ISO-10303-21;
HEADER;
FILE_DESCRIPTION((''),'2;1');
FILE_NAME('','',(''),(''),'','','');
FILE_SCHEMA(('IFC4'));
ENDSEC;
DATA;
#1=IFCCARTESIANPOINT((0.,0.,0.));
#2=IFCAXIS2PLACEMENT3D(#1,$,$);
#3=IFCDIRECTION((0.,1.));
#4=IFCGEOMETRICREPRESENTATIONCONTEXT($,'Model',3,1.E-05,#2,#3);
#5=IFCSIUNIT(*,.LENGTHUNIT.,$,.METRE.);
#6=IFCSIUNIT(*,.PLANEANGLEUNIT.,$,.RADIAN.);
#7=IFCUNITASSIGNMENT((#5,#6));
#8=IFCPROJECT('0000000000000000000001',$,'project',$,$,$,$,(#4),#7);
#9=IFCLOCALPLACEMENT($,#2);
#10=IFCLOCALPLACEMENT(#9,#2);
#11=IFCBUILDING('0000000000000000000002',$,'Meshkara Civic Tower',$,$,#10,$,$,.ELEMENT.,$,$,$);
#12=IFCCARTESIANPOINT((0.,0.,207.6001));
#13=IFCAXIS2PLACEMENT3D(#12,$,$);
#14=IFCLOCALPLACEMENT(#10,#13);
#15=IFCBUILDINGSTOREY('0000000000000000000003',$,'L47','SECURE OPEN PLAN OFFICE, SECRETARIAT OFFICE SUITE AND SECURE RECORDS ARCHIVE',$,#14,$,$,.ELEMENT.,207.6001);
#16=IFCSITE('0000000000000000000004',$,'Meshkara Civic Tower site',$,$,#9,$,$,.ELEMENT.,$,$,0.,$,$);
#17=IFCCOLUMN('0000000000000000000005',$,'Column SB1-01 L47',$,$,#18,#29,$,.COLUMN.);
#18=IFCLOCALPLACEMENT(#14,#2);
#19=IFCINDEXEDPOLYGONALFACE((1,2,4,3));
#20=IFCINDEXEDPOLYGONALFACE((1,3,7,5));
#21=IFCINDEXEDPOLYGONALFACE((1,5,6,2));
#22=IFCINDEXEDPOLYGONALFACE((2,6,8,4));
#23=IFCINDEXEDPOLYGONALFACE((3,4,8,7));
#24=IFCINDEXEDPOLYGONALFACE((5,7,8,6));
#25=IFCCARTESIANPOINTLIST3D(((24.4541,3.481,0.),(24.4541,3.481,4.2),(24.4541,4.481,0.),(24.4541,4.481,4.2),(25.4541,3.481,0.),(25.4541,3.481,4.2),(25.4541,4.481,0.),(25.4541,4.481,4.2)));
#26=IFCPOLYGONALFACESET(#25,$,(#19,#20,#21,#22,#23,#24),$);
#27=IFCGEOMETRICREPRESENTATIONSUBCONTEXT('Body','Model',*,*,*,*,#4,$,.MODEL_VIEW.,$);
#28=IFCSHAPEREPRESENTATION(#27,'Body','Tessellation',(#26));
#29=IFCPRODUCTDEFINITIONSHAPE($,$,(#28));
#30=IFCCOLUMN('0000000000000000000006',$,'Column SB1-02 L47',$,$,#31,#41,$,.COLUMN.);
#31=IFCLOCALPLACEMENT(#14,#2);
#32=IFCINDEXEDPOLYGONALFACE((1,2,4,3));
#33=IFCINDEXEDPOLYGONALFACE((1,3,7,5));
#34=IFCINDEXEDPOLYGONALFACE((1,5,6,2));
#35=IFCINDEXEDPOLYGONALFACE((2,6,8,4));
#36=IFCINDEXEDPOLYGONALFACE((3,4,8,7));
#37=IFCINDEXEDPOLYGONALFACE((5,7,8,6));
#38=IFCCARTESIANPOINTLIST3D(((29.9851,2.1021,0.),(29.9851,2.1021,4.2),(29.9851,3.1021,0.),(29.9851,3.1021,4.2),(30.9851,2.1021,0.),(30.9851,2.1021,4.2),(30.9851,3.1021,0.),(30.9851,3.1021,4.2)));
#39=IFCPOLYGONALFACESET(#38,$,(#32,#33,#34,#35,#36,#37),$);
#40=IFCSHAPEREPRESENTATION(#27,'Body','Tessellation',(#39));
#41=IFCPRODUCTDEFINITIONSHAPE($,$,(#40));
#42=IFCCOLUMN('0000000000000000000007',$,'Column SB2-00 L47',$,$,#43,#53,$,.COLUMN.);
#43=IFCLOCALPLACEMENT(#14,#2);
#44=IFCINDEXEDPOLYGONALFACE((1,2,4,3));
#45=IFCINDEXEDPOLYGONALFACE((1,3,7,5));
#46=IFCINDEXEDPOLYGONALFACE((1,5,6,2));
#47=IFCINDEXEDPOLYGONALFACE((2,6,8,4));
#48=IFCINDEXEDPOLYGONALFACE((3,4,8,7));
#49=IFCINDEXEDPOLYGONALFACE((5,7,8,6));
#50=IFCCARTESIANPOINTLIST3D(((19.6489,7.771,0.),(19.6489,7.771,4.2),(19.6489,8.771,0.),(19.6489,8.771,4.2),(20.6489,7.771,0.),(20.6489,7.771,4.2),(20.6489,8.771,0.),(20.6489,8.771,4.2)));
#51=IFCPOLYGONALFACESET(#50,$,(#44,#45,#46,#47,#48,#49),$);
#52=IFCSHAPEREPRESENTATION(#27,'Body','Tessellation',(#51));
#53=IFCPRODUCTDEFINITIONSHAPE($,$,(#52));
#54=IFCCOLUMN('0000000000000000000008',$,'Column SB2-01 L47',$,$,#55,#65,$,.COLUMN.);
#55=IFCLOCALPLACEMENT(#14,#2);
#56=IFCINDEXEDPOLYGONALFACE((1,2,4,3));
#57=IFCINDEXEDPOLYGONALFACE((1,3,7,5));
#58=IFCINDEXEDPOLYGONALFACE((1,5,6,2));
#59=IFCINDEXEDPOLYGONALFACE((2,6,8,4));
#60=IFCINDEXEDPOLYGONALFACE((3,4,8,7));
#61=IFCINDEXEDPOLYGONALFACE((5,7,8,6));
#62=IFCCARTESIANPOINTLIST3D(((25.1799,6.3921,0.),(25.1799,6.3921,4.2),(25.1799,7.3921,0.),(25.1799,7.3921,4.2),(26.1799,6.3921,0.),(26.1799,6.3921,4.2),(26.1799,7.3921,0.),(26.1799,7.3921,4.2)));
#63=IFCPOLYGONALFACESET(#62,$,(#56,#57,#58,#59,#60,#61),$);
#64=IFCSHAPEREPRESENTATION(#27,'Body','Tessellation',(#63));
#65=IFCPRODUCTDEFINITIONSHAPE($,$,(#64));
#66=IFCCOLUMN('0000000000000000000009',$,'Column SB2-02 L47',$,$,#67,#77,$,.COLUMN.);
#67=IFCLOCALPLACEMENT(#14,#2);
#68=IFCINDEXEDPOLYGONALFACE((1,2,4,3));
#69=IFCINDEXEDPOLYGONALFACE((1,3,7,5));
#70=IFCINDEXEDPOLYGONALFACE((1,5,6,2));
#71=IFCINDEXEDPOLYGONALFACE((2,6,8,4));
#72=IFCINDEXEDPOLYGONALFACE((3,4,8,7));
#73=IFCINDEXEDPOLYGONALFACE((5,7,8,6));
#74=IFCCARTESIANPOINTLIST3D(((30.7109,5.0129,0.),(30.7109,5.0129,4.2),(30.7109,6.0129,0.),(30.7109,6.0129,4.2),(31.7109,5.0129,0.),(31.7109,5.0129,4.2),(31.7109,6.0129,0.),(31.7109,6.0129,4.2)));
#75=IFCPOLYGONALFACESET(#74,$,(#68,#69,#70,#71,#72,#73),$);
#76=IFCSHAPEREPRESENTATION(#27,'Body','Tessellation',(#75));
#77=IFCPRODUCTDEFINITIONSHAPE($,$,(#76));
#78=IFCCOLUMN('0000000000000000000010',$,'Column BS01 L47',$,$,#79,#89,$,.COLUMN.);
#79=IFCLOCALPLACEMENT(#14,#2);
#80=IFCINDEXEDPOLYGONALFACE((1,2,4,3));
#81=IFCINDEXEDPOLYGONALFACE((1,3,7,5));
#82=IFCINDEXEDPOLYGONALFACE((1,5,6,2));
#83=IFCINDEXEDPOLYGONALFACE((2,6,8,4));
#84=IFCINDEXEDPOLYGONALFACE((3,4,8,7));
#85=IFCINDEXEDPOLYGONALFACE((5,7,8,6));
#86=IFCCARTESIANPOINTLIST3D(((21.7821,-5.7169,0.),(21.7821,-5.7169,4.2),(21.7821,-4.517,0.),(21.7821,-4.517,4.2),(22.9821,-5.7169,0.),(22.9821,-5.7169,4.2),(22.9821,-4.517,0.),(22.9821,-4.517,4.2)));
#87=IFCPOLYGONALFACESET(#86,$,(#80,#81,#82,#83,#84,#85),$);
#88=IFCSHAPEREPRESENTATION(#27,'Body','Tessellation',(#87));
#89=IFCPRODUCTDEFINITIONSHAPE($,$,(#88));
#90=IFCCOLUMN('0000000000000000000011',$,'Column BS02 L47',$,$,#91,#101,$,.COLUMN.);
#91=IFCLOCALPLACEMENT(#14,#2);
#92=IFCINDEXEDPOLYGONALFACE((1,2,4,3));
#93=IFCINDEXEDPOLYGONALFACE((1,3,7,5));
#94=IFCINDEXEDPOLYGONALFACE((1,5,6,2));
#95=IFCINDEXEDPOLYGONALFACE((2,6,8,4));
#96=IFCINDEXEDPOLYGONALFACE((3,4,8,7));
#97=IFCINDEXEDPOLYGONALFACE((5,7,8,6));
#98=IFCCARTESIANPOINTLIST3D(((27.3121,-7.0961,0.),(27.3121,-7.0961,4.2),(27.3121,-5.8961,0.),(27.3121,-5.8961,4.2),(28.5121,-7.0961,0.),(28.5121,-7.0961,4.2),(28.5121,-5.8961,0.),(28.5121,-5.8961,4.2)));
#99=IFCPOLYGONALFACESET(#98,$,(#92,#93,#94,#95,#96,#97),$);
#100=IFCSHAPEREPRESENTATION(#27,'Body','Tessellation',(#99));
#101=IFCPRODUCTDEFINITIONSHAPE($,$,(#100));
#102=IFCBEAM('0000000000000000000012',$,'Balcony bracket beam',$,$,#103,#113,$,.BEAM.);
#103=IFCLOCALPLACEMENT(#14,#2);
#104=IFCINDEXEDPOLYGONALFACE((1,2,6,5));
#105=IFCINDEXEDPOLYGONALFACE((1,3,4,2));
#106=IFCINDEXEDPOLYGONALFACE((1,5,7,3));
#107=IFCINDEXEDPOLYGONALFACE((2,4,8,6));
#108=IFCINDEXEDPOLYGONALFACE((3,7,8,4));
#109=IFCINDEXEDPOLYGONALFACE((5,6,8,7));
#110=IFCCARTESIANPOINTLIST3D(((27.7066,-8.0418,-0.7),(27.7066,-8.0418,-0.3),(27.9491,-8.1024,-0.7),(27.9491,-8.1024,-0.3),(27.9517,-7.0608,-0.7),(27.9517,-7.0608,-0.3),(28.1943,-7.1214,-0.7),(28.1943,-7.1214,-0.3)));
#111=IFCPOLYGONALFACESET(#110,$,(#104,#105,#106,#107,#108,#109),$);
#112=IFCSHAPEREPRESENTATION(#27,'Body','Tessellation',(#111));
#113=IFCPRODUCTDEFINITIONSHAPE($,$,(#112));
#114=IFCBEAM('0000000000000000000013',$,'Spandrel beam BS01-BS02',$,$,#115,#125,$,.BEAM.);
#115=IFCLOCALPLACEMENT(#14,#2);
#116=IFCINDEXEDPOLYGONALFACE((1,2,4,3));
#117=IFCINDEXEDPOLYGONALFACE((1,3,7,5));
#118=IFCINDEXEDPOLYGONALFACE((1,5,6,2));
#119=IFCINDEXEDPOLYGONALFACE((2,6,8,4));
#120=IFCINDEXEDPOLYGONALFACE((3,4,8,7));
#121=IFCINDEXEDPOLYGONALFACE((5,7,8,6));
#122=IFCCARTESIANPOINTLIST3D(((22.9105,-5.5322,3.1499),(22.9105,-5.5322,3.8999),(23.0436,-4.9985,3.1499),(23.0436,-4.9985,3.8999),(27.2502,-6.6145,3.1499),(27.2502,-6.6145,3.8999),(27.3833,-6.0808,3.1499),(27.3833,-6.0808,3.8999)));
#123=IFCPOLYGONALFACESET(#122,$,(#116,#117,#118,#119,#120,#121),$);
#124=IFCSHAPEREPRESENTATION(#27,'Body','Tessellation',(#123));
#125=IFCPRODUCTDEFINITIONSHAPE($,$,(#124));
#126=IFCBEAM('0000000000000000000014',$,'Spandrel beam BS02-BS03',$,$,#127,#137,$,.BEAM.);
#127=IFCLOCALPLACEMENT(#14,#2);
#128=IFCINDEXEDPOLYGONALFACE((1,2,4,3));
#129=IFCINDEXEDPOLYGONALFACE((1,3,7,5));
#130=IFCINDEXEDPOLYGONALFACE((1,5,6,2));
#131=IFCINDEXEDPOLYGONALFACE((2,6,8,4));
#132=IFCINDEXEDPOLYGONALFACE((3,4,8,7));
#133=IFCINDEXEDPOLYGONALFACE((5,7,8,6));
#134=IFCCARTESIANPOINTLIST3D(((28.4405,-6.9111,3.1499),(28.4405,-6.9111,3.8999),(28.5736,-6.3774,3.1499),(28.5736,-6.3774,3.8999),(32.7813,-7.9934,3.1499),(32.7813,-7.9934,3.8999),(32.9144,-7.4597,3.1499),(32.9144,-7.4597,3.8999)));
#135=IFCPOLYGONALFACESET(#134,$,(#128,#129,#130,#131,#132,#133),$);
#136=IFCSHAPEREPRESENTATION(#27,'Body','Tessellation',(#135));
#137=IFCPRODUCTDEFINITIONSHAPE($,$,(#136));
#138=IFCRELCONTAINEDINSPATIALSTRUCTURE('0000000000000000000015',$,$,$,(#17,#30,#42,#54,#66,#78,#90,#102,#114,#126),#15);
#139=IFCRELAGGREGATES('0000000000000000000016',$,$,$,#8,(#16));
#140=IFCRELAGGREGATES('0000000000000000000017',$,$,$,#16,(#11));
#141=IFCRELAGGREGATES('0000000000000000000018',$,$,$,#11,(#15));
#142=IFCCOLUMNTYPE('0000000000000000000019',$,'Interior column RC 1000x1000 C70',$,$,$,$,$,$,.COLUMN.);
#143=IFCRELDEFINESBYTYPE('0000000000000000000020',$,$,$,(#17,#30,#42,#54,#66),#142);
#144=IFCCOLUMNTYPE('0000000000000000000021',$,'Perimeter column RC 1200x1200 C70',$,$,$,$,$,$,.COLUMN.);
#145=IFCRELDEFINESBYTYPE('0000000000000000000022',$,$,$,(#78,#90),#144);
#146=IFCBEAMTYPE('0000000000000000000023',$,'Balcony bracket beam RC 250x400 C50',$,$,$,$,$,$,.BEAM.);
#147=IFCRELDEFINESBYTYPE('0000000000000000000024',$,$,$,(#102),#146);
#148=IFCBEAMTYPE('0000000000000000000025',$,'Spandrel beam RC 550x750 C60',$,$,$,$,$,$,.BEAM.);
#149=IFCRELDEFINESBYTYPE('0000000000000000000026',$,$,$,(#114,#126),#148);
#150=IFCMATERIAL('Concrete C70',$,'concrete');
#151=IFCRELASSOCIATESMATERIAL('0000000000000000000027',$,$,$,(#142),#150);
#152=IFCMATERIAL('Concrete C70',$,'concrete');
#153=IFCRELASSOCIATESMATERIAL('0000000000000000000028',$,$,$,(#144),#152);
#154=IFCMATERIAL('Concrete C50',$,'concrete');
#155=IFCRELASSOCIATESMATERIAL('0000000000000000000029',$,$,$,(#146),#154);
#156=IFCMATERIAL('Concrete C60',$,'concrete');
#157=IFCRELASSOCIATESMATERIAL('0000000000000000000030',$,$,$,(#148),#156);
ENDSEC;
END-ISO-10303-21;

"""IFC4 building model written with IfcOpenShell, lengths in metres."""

from ifc_helpers import new_model, si_unit, direction, frame, origin, origin_2d, place, context, subcontext, project, spatial, rectangle, extrude, material, material_profile, profile_set, type_object, element, save


model = new_model("IFC4")

# Units and contexts
model_context = context("Model", 3, precision=1e-05, world=origin(), true_north=direction((0.0, 1.0)))
body_context = subcontext(model_context, "Body", "Model", "MODEL_VIEW")
ifc_project = project(units=[si_unit("LENGTHUNIT", "METRE"), si_unit("PLANEANGLEUNIT", "RADIAN")], contexts=[model_context])

# Site, building, storey
site_placement = place(None, origin())
site = spatial("IfcSite", under=ifc_project, at=site_placement, Name="Meshkara Civic Tower site", CompositionType="ELEMENT", RefElevation=0.0)
building_placement = place(site_placement, origin())
building = spatial("IfcBuilding", under=site, at=building_placement, Name="Meshkara Civic Tower", CompositionType="ELEMENT")
storey_placement = place(building_placement, frame((0.0, 0.0, 207.6001)))
storey = spatial("IfcBuildingStorey", under=building, at=storey_placement, Name="L47", Description="SECURE OPEN PLAN OFFICE, SECRETARIAT OFFICE SUITE AND SECURE RECORDS ARCHIVE", CompositionType="ELEMENT", Elevation=207.6001)

# Columns
ifc_material_1 = material(Name="Concrete C70", Category="concrete")
ifc_material_profile_1 = material_profile(ifc_material_1, rectangle(XDim=1.0, YDim=1.0, at=origin_2d()))
ifc_profile_set_1 = profile_set([ifc_material_profile_1], Name="Concrete C70")
column_type_1 = type_object("IfcColumnType", Name="Interior column RC 1000x1000 C70", PredefinedType="COLUMN", material=ifc_profile_set_1)
for number, where, z_axis, x_axis, name in (
    (1, (24.9541, 3.981, 0.0), (0.0, 0.0, 1.0), (1.0, 0.0, 0.0), "Column SB1-01 L47"),
    (2, (30.4851, 2.6021, 0.0), (0.0, 0.0, 1.0), (1.0, 0.0, 0.0), "Column SB1-02 L47"),
    (3, (20.1489, 8.271, 0.0), (0.0, 0.0, 1.0), (1.0, 0.0, 0.0), "Column SB2-00 L47"),
    (4, (25.6799, 6.8921, 0.0), (0.0, 0.0, 1.0), (1.0, 0.0, 0.0), "Column SB2-01 L47"),
    (5, (31.2109, 5.5129, 0.0), (0.0, 0.0, 1.0), (1.0, 0.0, 0.0), "Column SB2-02 L47"),
):
    element("IfcColumn", number, at=place(storey_placement, frame(where, z_axis=z_axis, x_axis=x_axis)), inside=storey, type_object=column_type_1, Name=name, PredefinedType="COLUMN", context=body_context, shape_type="SweptSolid", body=[
        extrude(rectangle(XDim=1.0, YDim=1.0, at=origin_2d()), origin(), (0.0, 0.0, 1.0), 4.2),
    ])
ifc_material_2 = material(Name="Concrete C70", Category="concrete")
ifc_material_profile_2 = material_profile(ifc_material_2, rectangle(XDim=1.2, YDim=1.2, at=origin_2d()))
ifc_profile_set_2 = profile_set([ifc_material_profile_2], Name="Concrete C70")
column_type_2 = type_object("IfcColumnType", Name="Perimeter column RC 1200x1200 C70", PredefinedType="COLUMN", material=ifc_profile_set_2)
for number, where, z_axis, x_axis, name in (
    (6, (22.3821, -5.1169, 0.0), (0.0, 0.0, 1.0), (1.0, 0.0, 0.0), "Column BS01 L47"),
    (7, (27.9121, -6.4961, 0.0), (0.0, 0.0, 1.0), (1.0, 0.0, 0.0), "Column BS02 L47"),
):
    element("IfcColumn", number, at=place(storey_placement, frame(where, z_axis=z_axis, x_axis=x_axis)), inside=storey, type_object=column_type_2, Name=name, PredefinedType="COLUMN", context=body_context, shape_type="SweptSolid", body=[
        extrude(rectangle(XDim=1.2, YDim=1.2, at=origin_2d()), origin(), (0.0, 0.0, 1.0), 4.2),
    ])

# Beams
ifc_material_3 = material(Name="Concrete C50", Category="concrete")
ifc_material_profile_3 = material_profile(ifc_material_3, rectangle(XDim=0.25, YDim=0.3999, at=origin_2d()))
ifc_profile_set_3 = profile_set([ifc_material_profile_3], Name="Concrete C50")
beam_type_1 = type_object("IfcBeamType", Name="Balcony bracket beam RC 250x400 C50", PredefinedType="BEAM", material=ifc_profile_set_3)
beam_1_placement = place(storey_placement, frame((28.073, -7.0911, -0.5), z_axis=(-0.242422, -0.970171, 0.0), x_axis=(0.970171, -0.242422, 0.0)))
element("IfcBeam", 8, at=beam_1_placement, inside=storey, type_object=beam_type_1, Name="Balcony bracket beam", PredefinedType="BEAM", context=body_context, shape_type="SweptSolid", body=[
    extrude(rectangle(XDim=0.25, YDim=0.3999, at=origin_2d()), origin(), (0.0, 0.0, 1.0), 1.0112),
])
ifc_material_4 = material(Name="Concrete C60", Category="concrete")
ifc_material_profile_4 = material_profile(ifc_material_4, rectangle(XDim=0.55, YDim=0.75, at=origin_2d()))
ifc_profile_set_4 = profile_set([ifc_material_profile_4], Name="Concrete C60")
beam_type_2 = type_object("IfcBeamType", Name="Spandrel beam RC 550x750 C60", PredefinedType="BEAM", material=ifc_profile_set_4)
beam_2_placement = place(storey_placement, frame((22.9771, -5.2654, 3.5249), z_axis=(0.970284, -0.24197, 0.0), x_axis=(0.24197, 0.970284, 0.0)))
element("IfcBeam", 9, at=beam_2_placement, inside=storey, type_object=beam_type_2, Name="Spandrel beam BS01-BS02", PredefinedType="BEAM", context=body_context, shape_type="SweptSolid", body=[
    extrude(rectangle(XDim=0.55, YDim=0.75, at=origin_2d()), origin(), (0.0, 0.0, 1.0), 4.4727),
])
beam_3_placement = place(storey_placement, frame((28.5071, -6.6443, 3.5249), z_axis=(0.970296, -0.241919, 0.0), x_axis=(0.241919, 0.970296, 0.0)))
element("IfcBeam", 10, at=beam_3_placement, inside=storey, type_object=beam_type_2, Name="Spandrel beam BS02-BS03", PredefinedType="BEAM", context=body_context, shape_type="SweptSolid", body=[
    extrude(rectangle(XDim=0.55, YDim=0.75, at=origin_2d()), origin(), (0.0, 0.0, 1.0), 4.4736),
])

save(model, "model.ifc")
